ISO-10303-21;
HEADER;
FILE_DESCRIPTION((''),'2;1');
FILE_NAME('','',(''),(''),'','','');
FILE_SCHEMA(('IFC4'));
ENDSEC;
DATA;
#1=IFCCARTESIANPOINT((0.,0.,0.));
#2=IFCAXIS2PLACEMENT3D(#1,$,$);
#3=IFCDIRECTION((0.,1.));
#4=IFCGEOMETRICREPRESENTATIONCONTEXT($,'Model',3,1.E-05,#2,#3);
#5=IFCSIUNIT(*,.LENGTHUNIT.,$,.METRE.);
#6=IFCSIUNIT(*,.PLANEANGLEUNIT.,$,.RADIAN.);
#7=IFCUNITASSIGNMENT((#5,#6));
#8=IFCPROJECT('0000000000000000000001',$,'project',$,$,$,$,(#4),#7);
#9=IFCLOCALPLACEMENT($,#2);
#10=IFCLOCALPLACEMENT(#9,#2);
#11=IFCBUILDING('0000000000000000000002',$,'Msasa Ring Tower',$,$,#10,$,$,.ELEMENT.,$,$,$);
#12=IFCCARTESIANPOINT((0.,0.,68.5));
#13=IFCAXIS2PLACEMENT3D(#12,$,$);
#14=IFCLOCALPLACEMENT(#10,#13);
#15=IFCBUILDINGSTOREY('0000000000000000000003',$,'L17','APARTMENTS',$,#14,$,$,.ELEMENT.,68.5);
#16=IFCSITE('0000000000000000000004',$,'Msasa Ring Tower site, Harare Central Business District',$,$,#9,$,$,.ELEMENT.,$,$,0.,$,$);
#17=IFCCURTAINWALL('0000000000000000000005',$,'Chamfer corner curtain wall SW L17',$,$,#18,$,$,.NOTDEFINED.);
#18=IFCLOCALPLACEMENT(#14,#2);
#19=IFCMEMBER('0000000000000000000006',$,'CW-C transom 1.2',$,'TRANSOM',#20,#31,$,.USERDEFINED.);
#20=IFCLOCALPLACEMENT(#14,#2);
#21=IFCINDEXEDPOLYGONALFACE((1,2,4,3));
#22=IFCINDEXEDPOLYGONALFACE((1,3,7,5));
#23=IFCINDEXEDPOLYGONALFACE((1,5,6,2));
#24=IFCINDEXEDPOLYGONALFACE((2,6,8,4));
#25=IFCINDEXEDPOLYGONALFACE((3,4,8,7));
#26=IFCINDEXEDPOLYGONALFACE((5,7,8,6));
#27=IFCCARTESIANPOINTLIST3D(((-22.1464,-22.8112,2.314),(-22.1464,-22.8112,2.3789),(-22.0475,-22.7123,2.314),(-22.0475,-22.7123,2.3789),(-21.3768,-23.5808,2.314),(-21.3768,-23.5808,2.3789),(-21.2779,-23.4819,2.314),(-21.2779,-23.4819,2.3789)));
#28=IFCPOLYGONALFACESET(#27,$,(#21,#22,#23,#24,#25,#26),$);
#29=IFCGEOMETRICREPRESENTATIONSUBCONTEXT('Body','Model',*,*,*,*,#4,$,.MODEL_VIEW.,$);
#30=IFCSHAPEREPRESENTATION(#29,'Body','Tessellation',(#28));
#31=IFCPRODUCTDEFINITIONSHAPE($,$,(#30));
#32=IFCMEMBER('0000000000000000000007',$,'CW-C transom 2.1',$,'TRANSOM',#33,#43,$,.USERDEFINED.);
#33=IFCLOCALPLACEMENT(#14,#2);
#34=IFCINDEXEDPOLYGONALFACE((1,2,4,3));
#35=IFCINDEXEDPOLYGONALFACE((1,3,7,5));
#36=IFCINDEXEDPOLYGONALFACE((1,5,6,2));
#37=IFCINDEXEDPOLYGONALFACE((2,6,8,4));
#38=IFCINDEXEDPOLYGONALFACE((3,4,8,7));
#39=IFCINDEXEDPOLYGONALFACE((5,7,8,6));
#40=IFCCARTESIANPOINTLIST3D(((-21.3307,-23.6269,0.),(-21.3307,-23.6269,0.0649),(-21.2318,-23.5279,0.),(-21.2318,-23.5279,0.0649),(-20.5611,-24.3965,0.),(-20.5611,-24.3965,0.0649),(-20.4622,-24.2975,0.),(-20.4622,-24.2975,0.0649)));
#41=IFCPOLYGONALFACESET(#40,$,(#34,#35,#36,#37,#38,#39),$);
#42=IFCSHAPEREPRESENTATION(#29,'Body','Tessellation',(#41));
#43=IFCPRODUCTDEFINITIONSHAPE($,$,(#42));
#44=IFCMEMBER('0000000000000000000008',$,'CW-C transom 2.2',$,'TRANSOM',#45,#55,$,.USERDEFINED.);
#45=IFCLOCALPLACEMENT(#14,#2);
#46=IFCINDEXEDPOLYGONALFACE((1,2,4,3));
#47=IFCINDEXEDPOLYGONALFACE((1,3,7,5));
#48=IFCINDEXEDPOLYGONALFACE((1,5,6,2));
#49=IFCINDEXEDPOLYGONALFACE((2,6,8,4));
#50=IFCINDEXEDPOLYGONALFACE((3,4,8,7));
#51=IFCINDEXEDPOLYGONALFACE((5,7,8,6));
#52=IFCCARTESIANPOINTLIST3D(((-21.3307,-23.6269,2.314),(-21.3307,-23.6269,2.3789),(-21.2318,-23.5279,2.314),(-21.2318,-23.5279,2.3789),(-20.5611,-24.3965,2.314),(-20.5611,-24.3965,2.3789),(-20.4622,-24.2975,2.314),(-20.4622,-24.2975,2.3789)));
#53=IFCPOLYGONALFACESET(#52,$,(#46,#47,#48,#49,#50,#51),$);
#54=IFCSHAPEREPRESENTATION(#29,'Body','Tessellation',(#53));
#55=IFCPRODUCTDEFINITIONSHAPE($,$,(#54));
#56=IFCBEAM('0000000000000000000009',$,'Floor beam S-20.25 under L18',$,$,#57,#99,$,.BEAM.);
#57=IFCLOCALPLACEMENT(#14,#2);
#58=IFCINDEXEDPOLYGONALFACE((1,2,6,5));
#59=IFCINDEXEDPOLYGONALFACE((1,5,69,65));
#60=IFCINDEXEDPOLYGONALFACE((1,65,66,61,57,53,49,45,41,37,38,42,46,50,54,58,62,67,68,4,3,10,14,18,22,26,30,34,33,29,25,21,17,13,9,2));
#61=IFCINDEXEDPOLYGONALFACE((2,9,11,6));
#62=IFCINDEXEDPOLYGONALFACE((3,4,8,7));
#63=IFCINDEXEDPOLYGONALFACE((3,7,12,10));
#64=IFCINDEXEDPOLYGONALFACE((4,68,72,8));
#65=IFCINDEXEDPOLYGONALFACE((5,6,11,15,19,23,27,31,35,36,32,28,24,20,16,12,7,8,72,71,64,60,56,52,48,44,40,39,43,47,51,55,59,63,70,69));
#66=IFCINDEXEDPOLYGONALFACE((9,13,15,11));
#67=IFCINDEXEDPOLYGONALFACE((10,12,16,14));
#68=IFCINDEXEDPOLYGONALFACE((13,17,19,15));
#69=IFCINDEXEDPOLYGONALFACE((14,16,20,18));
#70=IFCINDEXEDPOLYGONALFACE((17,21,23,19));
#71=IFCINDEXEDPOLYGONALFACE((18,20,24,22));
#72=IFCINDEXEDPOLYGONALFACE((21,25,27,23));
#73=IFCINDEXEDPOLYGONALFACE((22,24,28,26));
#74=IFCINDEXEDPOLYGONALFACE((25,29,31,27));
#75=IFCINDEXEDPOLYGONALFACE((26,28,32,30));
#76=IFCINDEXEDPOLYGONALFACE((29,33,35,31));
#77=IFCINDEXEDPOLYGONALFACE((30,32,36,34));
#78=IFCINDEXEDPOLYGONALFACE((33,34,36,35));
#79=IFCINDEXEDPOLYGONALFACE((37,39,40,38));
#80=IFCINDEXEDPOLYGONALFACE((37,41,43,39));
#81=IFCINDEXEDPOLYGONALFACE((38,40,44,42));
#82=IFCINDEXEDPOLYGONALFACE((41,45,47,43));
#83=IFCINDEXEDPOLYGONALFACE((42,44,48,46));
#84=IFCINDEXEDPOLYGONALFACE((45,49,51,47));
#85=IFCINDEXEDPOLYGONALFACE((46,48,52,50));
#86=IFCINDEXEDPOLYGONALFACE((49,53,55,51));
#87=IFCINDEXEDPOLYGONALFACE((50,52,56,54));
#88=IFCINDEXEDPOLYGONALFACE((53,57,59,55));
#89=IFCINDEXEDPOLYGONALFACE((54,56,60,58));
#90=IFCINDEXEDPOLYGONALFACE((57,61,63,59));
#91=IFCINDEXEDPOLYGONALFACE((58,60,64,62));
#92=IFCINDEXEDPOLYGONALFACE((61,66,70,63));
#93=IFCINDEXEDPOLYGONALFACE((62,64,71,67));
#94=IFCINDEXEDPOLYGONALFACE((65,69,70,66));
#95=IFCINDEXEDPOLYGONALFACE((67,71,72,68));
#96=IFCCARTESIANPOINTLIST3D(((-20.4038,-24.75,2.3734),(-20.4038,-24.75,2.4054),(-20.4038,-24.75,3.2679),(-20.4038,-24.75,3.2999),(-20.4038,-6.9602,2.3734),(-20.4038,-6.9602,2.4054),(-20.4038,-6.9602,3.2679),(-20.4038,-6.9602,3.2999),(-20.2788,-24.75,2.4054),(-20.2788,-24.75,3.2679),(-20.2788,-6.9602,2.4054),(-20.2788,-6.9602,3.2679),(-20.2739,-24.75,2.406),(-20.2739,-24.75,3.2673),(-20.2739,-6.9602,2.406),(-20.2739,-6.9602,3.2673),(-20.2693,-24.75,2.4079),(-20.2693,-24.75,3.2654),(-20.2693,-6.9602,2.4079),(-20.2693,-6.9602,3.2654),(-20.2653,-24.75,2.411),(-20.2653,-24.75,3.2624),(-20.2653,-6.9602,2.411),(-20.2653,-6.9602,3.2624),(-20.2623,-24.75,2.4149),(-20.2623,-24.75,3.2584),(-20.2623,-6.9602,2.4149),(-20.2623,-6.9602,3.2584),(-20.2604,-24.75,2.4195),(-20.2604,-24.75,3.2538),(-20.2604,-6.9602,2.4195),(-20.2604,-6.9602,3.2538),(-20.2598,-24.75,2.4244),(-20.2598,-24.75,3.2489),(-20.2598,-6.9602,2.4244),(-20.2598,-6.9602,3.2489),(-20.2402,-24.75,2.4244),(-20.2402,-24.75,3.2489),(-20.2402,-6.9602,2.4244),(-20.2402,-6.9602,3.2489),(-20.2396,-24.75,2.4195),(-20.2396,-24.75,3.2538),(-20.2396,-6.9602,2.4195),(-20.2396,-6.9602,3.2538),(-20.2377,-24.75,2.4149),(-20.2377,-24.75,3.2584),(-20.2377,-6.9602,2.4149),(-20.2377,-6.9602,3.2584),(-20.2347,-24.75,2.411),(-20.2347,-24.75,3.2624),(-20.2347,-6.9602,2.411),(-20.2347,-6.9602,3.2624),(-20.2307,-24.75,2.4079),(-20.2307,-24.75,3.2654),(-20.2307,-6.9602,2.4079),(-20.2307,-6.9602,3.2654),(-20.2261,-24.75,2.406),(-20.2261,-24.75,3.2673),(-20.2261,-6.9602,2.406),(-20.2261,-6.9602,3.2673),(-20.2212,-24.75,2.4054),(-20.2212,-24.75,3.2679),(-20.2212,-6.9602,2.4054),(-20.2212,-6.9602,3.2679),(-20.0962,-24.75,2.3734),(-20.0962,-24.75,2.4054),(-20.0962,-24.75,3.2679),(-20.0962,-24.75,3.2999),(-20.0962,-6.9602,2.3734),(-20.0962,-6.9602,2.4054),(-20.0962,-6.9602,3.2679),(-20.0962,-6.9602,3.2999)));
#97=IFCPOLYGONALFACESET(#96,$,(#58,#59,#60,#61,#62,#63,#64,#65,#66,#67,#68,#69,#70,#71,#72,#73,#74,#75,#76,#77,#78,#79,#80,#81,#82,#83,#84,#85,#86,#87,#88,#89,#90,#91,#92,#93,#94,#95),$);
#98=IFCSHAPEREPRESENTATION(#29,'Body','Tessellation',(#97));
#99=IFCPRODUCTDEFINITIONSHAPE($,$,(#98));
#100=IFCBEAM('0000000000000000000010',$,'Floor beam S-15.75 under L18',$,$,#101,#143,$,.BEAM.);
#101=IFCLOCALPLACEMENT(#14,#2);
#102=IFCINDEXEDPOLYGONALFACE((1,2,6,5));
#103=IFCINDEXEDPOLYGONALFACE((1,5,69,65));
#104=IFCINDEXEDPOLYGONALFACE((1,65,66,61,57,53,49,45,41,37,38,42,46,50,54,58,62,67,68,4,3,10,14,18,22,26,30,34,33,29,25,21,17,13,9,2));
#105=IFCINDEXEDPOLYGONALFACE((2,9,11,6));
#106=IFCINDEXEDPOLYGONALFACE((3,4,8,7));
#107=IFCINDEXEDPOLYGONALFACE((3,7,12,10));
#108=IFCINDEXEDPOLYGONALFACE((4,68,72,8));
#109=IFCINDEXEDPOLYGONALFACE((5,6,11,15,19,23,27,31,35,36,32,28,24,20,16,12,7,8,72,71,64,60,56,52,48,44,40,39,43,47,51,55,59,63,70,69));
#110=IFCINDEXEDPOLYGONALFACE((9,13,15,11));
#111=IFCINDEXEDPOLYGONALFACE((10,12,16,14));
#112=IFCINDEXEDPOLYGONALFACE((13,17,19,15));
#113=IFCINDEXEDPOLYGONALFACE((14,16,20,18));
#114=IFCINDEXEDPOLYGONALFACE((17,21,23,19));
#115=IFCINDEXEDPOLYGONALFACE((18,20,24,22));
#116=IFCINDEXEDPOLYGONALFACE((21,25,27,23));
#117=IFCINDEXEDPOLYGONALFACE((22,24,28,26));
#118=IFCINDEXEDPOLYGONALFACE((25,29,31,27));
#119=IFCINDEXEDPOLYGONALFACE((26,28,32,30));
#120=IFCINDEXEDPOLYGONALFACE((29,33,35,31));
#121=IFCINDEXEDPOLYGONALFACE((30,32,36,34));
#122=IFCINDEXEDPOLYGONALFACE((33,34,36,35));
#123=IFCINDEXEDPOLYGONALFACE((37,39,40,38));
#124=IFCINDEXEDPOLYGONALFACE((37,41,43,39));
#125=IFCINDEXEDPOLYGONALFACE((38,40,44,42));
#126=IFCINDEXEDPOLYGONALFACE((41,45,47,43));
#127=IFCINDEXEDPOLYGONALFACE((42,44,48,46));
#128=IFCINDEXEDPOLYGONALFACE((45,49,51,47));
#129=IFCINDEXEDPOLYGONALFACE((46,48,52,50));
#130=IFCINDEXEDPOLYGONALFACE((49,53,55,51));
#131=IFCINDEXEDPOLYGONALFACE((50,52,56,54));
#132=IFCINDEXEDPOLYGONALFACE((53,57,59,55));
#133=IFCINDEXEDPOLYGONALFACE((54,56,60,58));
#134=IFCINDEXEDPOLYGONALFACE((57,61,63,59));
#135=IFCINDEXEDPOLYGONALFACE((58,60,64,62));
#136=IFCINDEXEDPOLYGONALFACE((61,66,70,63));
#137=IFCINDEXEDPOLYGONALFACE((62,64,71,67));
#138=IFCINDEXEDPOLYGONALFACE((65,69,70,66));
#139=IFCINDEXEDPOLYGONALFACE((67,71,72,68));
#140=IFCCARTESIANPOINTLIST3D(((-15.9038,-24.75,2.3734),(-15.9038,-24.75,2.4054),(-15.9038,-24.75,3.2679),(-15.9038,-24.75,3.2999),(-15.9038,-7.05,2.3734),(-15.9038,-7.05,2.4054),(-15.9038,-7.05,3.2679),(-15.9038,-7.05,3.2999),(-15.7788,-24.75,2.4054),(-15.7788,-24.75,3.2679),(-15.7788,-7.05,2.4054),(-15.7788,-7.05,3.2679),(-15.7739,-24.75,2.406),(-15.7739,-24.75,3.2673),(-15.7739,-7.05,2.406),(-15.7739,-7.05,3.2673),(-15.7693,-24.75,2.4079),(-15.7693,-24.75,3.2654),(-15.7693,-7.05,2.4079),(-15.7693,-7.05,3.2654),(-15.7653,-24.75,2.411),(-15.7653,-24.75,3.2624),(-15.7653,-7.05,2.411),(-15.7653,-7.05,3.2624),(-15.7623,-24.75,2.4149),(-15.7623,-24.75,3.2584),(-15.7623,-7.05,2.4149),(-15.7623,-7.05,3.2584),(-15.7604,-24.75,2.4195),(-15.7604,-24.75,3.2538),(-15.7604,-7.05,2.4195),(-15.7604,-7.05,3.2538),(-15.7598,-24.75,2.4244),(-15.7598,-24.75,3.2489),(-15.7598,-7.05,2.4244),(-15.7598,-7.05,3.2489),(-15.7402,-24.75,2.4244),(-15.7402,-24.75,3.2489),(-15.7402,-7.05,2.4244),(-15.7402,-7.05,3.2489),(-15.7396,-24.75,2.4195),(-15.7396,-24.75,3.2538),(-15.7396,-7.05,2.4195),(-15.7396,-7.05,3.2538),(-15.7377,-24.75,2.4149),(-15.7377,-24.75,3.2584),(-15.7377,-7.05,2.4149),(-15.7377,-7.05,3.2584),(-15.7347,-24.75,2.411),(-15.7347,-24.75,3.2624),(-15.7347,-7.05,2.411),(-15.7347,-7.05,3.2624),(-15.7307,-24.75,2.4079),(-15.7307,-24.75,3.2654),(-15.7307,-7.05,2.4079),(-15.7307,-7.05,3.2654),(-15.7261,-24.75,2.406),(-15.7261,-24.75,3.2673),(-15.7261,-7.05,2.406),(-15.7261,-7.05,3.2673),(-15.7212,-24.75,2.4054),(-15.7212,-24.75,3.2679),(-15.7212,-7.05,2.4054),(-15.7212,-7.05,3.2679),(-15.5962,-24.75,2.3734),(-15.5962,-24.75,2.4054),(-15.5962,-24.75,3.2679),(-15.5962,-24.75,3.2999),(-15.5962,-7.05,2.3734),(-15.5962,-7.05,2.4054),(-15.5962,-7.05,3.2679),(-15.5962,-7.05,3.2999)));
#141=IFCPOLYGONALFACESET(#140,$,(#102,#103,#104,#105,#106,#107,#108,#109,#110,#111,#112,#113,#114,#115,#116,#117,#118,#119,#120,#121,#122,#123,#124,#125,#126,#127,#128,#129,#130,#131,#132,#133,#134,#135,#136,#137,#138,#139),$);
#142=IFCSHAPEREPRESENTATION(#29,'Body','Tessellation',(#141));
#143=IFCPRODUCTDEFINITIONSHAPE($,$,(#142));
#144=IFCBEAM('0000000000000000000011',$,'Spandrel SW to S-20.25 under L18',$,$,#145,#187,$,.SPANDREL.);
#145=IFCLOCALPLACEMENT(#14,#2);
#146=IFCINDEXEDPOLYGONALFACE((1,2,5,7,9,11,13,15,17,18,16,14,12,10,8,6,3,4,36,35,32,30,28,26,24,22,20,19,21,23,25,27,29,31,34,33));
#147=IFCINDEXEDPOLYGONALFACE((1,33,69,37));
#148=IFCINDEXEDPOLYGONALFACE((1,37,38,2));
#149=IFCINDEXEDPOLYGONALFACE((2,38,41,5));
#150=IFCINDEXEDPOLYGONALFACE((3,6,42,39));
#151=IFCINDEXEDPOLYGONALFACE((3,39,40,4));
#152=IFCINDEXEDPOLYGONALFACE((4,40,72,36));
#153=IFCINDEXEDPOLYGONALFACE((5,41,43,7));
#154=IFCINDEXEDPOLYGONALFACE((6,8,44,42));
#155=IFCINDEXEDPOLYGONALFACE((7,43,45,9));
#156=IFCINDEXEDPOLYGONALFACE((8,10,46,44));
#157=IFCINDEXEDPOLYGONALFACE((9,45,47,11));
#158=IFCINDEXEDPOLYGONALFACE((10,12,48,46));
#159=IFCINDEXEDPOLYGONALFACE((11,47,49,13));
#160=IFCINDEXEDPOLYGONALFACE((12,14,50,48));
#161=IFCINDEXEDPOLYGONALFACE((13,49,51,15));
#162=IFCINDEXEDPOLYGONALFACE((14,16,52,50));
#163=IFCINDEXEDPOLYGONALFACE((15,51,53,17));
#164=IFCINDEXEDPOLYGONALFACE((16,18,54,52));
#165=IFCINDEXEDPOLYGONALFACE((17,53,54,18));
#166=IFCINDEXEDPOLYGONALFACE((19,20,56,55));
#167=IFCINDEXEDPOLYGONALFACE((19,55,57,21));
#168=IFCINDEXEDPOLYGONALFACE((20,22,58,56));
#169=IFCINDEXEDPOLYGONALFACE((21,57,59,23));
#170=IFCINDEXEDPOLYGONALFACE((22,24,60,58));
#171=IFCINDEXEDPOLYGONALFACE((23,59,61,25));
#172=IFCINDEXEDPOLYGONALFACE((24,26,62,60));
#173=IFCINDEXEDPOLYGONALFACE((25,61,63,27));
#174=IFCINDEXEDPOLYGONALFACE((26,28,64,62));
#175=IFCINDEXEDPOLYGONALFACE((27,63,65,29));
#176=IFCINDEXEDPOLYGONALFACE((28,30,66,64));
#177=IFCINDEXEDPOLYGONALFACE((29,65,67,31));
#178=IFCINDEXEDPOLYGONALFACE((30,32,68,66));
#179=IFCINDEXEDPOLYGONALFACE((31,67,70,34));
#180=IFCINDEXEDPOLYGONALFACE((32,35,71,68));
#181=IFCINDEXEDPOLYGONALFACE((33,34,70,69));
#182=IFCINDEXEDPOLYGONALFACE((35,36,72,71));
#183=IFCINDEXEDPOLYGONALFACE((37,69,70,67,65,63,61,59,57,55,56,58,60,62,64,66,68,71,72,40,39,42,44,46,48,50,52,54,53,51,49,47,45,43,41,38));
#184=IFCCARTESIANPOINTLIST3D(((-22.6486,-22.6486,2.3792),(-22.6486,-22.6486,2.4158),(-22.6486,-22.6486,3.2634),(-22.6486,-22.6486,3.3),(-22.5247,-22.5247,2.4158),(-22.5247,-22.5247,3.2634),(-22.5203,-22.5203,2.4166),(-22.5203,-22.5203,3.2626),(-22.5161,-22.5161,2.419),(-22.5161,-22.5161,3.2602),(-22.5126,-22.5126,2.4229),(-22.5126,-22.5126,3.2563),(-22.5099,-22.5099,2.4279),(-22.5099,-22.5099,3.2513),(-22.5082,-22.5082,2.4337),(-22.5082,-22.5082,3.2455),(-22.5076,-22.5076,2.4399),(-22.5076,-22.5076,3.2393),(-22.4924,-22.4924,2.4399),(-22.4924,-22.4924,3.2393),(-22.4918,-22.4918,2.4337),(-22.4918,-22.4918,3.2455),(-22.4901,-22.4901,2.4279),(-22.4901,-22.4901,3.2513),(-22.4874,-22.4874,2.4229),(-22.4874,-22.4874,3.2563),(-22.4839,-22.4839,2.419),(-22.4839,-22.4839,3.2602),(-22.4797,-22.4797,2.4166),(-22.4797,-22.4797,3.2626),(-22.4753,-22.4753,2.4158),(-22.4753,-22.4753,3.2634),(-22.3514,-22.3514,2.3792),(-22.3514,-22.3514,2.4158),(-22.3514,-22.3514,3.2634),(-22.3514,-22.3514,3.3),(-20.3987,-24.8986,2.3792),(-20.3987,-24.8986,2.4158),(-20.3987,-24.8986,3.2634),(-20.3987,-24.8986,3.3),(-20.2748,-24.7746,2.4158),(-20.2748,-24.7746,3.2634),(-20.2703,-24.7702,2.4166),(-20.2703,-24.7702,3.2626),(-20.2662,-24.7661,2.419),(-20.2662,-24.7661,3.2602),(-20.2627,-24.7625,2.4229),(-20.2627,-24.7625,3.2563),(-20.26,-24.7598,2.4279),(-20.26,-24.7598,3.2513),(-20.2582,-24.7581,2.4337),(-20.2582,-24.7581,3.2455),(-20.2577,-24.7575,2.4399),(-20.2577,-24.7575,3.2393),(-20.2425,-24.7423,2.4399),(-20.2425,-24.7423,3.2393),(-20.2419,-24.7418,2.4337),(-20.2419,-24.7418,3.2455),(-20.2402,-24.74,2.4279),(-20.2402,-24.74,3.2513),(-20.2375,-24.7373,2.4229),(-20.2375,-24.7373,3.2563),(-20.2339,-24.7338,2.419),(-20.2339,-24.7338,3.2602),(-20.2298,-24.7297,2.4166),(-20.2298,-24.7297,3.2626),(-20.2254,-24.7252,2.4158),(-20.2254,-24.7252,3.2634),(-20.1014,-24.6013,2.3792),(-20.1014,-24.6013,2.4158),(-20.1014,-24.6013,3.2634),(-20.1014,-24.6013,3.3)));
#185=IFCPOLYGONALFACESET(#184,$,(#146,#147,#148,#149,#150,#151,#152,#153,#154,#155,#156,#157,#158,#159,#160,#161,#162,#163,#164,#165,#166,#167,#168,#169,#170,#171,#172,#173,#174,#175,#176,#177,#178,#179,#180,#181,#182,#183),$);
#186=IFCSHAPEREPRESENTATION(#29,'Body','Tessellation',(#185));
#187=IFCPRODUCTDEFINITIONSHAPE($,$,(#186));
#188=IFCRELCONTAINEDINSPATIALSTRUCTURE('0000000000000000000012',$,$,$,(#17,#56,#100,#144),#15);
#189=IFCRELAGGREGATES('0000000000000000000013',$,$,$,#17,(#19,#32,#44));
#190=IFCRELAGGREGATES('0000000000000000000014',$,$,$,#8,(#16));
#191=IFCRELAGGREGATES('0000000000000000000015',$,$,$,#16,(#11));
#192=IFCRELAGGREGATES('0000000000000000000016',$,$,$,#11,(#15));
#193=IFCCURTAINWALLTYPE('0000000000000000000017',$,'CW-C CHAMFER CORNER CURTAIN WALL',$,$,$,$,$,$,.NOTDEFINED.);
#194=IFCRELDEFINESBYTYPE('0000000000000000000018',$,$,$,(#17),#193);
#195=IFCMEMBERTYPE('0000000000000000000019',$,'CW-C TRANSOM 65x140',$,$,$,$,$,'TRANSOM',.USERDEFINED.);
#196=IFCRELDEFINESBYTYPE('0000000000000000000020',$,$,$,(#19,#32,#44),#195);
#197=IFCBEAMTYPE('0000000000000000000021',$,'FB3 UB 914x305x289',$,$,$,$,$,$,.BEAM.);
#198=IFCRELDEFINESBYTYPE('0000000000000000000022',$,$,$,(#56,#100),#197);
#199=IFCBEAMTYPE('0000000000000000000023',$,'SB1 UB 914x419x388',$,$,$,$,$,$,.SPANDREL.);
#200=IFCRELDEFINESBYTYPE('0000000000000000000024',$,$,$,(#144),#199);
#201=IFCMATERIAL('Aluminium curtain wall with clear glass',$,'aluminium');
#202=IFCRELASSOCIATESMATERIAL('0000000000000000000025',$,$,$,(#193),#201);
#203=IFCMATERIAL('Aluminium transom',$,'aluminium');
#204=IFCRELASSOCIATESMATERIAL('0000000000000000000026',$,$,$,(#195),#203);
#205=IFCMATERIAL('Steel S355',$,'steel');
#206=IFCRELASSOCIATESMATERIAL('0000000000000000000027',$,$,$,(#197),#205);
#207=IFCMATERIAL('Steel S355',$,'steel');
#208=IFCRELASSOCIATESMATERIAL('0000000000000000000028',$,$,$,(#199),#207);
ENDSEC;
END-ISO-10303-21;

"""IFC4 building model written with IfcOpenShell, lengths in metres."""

from ifc_helpers import new_model, si_unit, direction, frame, origin, origin_2d, place, context, subcontext, project, spatial, rectangle, i_section, extrude, material, material_profile, profile_set, type_object, element, aggregate, save


model = new_model("IFC4")

# Units and contexts
model_context = context("Model", 3, precision=1e-05, world=origin(), true_north=direction((0.0, 1.0)))
body_context = subcontext(model_context, "Body", "Model", "MODEL_VIEW")
ifc_project = project(units=[si_unit("LENGTHUNIT", "METRE"), si_unit("PLANEANGLEUNIT", "RADIAN")], contexts=[model_context])

# Site, building, storey
site_placement = place(None, origin())
site = spatial("IfcSite", under=ifc_project, at=site_placement, Name="Msasa Ring Tower site, Harare Central Business District", CompositionType="ELEMENT", RefElevation=0.0)
building_placement = place(site_placement, origin())
building = spatial("IfcBuilding", under=site, at=building_placement, Name="Msasa Ring Tower", CompositionType="ELEMENT")
storey_placement = place(building_placement, frame((0.0, 0.0, 68.5)))
storey = spatial("IfcBuildingStorey", under=building, at=storey_placement, Name="L17", Description="APARTMENTS", CompositionType="ELEMENT", Elevation=68.5)

# Curtain wall
ifc_material_1 = material(Name="Aluminium curtain wall with clear glass", Category="aluminium")
curtain_wall_type = type_object("IfcCurtainWallType", Name="CW-C CHAMFER CORNER CURTAIN WALL", PredefinedType="NOTDEFINED", material=ifc_material_1)
curtain_wall_1_placement = place(storey_placement, origin())
curtain_wall_1 = element("IfcCurtainWall", 1, at=curtain_wall_1_placement, inside=storey, type_object=curtain_wall_type, Name="Chamfer corner curtain wall SW L17", PredefinedType="NOTDEFINED")

# Members
ifc_material_2 = material(Name="Aluminium transom", Category="aluminium")
ifc_material_profile_1 = material_profile(ifc_material_2, rectangle(XDim=0.1399, YDim=0.0649, at=origin_2d()), Name="AL 65x140")
ifc_profile_set_1 = profile_set([ifc_material_profile_1], Name="Aluminium transom")
member_type_1 = type_object("IfcMemberType", Name="CW-C TRANSOM 65x140", ElementType="TRANSOM", PredefinedType="USERDEFINED", material=ifc_profile_set_1)
member_1_placement = place(storey_placement, frame((-22.0969, -22.7617, 2.3464), z_axis=(0.707107, -0.707107, 0.0), x_axis=(0.707107, 0.707107, 0.0)))
member_1 = element("IfcMember", 2, at=member_1_placement, type_object=member_type_1, Name="CW-C transom 1.2", ObjectType="TRANSOM", PredefinedType="USERDEFINED", context=body_context, shape_type="SweptSolid", body=[
    extrude(rectangle(XDim=0.1399, YDim=0.0649, at=origin_2d()), origin(), (0.0, 0.0, 1.0), 1.0884),
])
member_2_placement = place(storey_placement, frame((-21.2812, -23.5774, 0.0325), z_axis=(0.707107, -0.707107, 0.0), x_axis=(0.707107, 0.707107, 0.0)))
member_2 = element("IfcMember", 3, at=member_2_placement, type_object=member_type_1, Name="CW-C transom 2.1", ObjectType="TRANSOM", PredefinedType="USERDEFINED", context=body_context, shape_type="SweptSolid", body=[
    extrude(rectangle(XDim=0.1399, YDim=0.0649, at=origin_2d()), origin(), (0.0, 0.0, 1.0), 1.0884),
])
member_3_placement = place(storey_placement, frame((-21.2812, -23.5774, 2.3464), z_axis=(0.707107, -0.707107, 0.0), x_axis=(0.707107, 0.707107, 0.0)))
member_3 = element("IfcMember", 4, at=member_3_placement, type_object=member_type_1, Name="CW-C transom 2.2", ObjectType="TRANSOM", PredefinedType="USERDEFINED", context=body_context, shape_type="SweptSolid", body=[
    extrude(rectangle(XDim=0.1399, YDim=0.0649, at=origin_2d()), origin(), (0.0, 0.0, 1.0), 1.0884),
])

# Beams
ifc_material_3 = material(Name="Steel S355", Category="steel")
ifc_material_profile_2 = material_profile(ifc_material_3, i_section(OverallWidth=0.3076, OverallDepth=0.9265, WebThickness=0.0195, FlangeThickness=0.032, FilletRadius=0.019, at=origin_2d()), Name="UB 914x305x289")
ifc_profile_set_2 = profile_set([ifc_material_profile_2], Name="Steel S355")
beam_type_1 = type_object("IfcBeamType", Name="FB3 UB 914x305x289", PredefinedType="BEAM", material=ifc_profile_set_2)
beam_1_placement = place(storey_placement, frame((-20.25, -24.75, 2.8367), z_axis=(0.0, 1.0, 0.0), x_axis=(-1.0, 0.0, 0.0)))
element("IfcBeam", 5, at=beam_1_placement, inside=storey, type_object=beam_type_1, Name="Floor beam S-20.25 under L18", PredefinedType="BEAM", context=body_context, shape_type="SweptSolid", body=[
    extrude(i_section(OverallWidth=0.3076, OverallDepth=0.9265, WebThickness=0.0195, FlangeThickness=0.032, FilletRadius=0.019, at=origin_2d()), origin(), (0.0, 0.0, 1.0), 17.7898),
])
beam_2_placement = place(storey_placement, frame((-15.75, -24.75, 2.8367), z_axis=(0.0, 1.0, 0.0), x_axis=(-1.0, 0.0, 0.0)))
element("IfcBeam", 6, at=beam_2_placement, inside=storey, type_object=beam_type_1, Name="Floor beam S-15.75 under L18", PredefinedType="BEAM", context=body_context, shape_type="SweptSolid", body=[
    extrude(i_section(OverallWidth=0.3076, OverallDepth=0.9265, WebThickness=0.0195, FlangeThickness=0.032, FilletRadius=0.019, at=origin_2d()), origin(), (0.0, 0.0, 1.0), 17.7),
])
ifc_material_4 = material(Name="Steel S355", Category="steel")
ifc_material_profile_3 = material_profile(ifc_material_4, i_section(OverallWidth=0.4204, OverallDepth=0.9209, WebThickness=0.0215, FlangeThickness=0.0366, FilletRadius=0.0242, at=origin_2d()), Name="UB 914x419x388")
ifc_profile_set_3 = profile_set([ifc_material_profile_3], Name="Steel S355")
beam_type_2 = type_object("IfcBeamType", Name="SB1 UB 914x419x388", PredefinedType="SPANDREL", material=ifc_profile_set_3)
beam_3_placement = place(storey_placement, frame((-22.5, -22.5, 2.8396), z_axis=(0.707107, -0.707107, 0.0), x_axis=(0.707107, 0.707107, 0.0)))
element("IfcBeam", 7, at=beam_3_placement, inside=storey, type_object=beam_type_2, Name="Spandrel SW to S-20.25 under L18", PredefinedType="SPANDREL", context=body_context, shape_type="SweptSolid", body=[
    extrude(i_section(OverallWidth=0.4204, OverallDepth=0.9209, WebThickness=0.0215, FlangeThickness=0.0366, FilletRadius=0.0242, at=origin_2d()), origin(), (0.0, 0.0, 1.0), 3.1819),
])

aggregate(curtain_wall_1, [member_1, member_2, member_3])

save(model, "model.ifc")
